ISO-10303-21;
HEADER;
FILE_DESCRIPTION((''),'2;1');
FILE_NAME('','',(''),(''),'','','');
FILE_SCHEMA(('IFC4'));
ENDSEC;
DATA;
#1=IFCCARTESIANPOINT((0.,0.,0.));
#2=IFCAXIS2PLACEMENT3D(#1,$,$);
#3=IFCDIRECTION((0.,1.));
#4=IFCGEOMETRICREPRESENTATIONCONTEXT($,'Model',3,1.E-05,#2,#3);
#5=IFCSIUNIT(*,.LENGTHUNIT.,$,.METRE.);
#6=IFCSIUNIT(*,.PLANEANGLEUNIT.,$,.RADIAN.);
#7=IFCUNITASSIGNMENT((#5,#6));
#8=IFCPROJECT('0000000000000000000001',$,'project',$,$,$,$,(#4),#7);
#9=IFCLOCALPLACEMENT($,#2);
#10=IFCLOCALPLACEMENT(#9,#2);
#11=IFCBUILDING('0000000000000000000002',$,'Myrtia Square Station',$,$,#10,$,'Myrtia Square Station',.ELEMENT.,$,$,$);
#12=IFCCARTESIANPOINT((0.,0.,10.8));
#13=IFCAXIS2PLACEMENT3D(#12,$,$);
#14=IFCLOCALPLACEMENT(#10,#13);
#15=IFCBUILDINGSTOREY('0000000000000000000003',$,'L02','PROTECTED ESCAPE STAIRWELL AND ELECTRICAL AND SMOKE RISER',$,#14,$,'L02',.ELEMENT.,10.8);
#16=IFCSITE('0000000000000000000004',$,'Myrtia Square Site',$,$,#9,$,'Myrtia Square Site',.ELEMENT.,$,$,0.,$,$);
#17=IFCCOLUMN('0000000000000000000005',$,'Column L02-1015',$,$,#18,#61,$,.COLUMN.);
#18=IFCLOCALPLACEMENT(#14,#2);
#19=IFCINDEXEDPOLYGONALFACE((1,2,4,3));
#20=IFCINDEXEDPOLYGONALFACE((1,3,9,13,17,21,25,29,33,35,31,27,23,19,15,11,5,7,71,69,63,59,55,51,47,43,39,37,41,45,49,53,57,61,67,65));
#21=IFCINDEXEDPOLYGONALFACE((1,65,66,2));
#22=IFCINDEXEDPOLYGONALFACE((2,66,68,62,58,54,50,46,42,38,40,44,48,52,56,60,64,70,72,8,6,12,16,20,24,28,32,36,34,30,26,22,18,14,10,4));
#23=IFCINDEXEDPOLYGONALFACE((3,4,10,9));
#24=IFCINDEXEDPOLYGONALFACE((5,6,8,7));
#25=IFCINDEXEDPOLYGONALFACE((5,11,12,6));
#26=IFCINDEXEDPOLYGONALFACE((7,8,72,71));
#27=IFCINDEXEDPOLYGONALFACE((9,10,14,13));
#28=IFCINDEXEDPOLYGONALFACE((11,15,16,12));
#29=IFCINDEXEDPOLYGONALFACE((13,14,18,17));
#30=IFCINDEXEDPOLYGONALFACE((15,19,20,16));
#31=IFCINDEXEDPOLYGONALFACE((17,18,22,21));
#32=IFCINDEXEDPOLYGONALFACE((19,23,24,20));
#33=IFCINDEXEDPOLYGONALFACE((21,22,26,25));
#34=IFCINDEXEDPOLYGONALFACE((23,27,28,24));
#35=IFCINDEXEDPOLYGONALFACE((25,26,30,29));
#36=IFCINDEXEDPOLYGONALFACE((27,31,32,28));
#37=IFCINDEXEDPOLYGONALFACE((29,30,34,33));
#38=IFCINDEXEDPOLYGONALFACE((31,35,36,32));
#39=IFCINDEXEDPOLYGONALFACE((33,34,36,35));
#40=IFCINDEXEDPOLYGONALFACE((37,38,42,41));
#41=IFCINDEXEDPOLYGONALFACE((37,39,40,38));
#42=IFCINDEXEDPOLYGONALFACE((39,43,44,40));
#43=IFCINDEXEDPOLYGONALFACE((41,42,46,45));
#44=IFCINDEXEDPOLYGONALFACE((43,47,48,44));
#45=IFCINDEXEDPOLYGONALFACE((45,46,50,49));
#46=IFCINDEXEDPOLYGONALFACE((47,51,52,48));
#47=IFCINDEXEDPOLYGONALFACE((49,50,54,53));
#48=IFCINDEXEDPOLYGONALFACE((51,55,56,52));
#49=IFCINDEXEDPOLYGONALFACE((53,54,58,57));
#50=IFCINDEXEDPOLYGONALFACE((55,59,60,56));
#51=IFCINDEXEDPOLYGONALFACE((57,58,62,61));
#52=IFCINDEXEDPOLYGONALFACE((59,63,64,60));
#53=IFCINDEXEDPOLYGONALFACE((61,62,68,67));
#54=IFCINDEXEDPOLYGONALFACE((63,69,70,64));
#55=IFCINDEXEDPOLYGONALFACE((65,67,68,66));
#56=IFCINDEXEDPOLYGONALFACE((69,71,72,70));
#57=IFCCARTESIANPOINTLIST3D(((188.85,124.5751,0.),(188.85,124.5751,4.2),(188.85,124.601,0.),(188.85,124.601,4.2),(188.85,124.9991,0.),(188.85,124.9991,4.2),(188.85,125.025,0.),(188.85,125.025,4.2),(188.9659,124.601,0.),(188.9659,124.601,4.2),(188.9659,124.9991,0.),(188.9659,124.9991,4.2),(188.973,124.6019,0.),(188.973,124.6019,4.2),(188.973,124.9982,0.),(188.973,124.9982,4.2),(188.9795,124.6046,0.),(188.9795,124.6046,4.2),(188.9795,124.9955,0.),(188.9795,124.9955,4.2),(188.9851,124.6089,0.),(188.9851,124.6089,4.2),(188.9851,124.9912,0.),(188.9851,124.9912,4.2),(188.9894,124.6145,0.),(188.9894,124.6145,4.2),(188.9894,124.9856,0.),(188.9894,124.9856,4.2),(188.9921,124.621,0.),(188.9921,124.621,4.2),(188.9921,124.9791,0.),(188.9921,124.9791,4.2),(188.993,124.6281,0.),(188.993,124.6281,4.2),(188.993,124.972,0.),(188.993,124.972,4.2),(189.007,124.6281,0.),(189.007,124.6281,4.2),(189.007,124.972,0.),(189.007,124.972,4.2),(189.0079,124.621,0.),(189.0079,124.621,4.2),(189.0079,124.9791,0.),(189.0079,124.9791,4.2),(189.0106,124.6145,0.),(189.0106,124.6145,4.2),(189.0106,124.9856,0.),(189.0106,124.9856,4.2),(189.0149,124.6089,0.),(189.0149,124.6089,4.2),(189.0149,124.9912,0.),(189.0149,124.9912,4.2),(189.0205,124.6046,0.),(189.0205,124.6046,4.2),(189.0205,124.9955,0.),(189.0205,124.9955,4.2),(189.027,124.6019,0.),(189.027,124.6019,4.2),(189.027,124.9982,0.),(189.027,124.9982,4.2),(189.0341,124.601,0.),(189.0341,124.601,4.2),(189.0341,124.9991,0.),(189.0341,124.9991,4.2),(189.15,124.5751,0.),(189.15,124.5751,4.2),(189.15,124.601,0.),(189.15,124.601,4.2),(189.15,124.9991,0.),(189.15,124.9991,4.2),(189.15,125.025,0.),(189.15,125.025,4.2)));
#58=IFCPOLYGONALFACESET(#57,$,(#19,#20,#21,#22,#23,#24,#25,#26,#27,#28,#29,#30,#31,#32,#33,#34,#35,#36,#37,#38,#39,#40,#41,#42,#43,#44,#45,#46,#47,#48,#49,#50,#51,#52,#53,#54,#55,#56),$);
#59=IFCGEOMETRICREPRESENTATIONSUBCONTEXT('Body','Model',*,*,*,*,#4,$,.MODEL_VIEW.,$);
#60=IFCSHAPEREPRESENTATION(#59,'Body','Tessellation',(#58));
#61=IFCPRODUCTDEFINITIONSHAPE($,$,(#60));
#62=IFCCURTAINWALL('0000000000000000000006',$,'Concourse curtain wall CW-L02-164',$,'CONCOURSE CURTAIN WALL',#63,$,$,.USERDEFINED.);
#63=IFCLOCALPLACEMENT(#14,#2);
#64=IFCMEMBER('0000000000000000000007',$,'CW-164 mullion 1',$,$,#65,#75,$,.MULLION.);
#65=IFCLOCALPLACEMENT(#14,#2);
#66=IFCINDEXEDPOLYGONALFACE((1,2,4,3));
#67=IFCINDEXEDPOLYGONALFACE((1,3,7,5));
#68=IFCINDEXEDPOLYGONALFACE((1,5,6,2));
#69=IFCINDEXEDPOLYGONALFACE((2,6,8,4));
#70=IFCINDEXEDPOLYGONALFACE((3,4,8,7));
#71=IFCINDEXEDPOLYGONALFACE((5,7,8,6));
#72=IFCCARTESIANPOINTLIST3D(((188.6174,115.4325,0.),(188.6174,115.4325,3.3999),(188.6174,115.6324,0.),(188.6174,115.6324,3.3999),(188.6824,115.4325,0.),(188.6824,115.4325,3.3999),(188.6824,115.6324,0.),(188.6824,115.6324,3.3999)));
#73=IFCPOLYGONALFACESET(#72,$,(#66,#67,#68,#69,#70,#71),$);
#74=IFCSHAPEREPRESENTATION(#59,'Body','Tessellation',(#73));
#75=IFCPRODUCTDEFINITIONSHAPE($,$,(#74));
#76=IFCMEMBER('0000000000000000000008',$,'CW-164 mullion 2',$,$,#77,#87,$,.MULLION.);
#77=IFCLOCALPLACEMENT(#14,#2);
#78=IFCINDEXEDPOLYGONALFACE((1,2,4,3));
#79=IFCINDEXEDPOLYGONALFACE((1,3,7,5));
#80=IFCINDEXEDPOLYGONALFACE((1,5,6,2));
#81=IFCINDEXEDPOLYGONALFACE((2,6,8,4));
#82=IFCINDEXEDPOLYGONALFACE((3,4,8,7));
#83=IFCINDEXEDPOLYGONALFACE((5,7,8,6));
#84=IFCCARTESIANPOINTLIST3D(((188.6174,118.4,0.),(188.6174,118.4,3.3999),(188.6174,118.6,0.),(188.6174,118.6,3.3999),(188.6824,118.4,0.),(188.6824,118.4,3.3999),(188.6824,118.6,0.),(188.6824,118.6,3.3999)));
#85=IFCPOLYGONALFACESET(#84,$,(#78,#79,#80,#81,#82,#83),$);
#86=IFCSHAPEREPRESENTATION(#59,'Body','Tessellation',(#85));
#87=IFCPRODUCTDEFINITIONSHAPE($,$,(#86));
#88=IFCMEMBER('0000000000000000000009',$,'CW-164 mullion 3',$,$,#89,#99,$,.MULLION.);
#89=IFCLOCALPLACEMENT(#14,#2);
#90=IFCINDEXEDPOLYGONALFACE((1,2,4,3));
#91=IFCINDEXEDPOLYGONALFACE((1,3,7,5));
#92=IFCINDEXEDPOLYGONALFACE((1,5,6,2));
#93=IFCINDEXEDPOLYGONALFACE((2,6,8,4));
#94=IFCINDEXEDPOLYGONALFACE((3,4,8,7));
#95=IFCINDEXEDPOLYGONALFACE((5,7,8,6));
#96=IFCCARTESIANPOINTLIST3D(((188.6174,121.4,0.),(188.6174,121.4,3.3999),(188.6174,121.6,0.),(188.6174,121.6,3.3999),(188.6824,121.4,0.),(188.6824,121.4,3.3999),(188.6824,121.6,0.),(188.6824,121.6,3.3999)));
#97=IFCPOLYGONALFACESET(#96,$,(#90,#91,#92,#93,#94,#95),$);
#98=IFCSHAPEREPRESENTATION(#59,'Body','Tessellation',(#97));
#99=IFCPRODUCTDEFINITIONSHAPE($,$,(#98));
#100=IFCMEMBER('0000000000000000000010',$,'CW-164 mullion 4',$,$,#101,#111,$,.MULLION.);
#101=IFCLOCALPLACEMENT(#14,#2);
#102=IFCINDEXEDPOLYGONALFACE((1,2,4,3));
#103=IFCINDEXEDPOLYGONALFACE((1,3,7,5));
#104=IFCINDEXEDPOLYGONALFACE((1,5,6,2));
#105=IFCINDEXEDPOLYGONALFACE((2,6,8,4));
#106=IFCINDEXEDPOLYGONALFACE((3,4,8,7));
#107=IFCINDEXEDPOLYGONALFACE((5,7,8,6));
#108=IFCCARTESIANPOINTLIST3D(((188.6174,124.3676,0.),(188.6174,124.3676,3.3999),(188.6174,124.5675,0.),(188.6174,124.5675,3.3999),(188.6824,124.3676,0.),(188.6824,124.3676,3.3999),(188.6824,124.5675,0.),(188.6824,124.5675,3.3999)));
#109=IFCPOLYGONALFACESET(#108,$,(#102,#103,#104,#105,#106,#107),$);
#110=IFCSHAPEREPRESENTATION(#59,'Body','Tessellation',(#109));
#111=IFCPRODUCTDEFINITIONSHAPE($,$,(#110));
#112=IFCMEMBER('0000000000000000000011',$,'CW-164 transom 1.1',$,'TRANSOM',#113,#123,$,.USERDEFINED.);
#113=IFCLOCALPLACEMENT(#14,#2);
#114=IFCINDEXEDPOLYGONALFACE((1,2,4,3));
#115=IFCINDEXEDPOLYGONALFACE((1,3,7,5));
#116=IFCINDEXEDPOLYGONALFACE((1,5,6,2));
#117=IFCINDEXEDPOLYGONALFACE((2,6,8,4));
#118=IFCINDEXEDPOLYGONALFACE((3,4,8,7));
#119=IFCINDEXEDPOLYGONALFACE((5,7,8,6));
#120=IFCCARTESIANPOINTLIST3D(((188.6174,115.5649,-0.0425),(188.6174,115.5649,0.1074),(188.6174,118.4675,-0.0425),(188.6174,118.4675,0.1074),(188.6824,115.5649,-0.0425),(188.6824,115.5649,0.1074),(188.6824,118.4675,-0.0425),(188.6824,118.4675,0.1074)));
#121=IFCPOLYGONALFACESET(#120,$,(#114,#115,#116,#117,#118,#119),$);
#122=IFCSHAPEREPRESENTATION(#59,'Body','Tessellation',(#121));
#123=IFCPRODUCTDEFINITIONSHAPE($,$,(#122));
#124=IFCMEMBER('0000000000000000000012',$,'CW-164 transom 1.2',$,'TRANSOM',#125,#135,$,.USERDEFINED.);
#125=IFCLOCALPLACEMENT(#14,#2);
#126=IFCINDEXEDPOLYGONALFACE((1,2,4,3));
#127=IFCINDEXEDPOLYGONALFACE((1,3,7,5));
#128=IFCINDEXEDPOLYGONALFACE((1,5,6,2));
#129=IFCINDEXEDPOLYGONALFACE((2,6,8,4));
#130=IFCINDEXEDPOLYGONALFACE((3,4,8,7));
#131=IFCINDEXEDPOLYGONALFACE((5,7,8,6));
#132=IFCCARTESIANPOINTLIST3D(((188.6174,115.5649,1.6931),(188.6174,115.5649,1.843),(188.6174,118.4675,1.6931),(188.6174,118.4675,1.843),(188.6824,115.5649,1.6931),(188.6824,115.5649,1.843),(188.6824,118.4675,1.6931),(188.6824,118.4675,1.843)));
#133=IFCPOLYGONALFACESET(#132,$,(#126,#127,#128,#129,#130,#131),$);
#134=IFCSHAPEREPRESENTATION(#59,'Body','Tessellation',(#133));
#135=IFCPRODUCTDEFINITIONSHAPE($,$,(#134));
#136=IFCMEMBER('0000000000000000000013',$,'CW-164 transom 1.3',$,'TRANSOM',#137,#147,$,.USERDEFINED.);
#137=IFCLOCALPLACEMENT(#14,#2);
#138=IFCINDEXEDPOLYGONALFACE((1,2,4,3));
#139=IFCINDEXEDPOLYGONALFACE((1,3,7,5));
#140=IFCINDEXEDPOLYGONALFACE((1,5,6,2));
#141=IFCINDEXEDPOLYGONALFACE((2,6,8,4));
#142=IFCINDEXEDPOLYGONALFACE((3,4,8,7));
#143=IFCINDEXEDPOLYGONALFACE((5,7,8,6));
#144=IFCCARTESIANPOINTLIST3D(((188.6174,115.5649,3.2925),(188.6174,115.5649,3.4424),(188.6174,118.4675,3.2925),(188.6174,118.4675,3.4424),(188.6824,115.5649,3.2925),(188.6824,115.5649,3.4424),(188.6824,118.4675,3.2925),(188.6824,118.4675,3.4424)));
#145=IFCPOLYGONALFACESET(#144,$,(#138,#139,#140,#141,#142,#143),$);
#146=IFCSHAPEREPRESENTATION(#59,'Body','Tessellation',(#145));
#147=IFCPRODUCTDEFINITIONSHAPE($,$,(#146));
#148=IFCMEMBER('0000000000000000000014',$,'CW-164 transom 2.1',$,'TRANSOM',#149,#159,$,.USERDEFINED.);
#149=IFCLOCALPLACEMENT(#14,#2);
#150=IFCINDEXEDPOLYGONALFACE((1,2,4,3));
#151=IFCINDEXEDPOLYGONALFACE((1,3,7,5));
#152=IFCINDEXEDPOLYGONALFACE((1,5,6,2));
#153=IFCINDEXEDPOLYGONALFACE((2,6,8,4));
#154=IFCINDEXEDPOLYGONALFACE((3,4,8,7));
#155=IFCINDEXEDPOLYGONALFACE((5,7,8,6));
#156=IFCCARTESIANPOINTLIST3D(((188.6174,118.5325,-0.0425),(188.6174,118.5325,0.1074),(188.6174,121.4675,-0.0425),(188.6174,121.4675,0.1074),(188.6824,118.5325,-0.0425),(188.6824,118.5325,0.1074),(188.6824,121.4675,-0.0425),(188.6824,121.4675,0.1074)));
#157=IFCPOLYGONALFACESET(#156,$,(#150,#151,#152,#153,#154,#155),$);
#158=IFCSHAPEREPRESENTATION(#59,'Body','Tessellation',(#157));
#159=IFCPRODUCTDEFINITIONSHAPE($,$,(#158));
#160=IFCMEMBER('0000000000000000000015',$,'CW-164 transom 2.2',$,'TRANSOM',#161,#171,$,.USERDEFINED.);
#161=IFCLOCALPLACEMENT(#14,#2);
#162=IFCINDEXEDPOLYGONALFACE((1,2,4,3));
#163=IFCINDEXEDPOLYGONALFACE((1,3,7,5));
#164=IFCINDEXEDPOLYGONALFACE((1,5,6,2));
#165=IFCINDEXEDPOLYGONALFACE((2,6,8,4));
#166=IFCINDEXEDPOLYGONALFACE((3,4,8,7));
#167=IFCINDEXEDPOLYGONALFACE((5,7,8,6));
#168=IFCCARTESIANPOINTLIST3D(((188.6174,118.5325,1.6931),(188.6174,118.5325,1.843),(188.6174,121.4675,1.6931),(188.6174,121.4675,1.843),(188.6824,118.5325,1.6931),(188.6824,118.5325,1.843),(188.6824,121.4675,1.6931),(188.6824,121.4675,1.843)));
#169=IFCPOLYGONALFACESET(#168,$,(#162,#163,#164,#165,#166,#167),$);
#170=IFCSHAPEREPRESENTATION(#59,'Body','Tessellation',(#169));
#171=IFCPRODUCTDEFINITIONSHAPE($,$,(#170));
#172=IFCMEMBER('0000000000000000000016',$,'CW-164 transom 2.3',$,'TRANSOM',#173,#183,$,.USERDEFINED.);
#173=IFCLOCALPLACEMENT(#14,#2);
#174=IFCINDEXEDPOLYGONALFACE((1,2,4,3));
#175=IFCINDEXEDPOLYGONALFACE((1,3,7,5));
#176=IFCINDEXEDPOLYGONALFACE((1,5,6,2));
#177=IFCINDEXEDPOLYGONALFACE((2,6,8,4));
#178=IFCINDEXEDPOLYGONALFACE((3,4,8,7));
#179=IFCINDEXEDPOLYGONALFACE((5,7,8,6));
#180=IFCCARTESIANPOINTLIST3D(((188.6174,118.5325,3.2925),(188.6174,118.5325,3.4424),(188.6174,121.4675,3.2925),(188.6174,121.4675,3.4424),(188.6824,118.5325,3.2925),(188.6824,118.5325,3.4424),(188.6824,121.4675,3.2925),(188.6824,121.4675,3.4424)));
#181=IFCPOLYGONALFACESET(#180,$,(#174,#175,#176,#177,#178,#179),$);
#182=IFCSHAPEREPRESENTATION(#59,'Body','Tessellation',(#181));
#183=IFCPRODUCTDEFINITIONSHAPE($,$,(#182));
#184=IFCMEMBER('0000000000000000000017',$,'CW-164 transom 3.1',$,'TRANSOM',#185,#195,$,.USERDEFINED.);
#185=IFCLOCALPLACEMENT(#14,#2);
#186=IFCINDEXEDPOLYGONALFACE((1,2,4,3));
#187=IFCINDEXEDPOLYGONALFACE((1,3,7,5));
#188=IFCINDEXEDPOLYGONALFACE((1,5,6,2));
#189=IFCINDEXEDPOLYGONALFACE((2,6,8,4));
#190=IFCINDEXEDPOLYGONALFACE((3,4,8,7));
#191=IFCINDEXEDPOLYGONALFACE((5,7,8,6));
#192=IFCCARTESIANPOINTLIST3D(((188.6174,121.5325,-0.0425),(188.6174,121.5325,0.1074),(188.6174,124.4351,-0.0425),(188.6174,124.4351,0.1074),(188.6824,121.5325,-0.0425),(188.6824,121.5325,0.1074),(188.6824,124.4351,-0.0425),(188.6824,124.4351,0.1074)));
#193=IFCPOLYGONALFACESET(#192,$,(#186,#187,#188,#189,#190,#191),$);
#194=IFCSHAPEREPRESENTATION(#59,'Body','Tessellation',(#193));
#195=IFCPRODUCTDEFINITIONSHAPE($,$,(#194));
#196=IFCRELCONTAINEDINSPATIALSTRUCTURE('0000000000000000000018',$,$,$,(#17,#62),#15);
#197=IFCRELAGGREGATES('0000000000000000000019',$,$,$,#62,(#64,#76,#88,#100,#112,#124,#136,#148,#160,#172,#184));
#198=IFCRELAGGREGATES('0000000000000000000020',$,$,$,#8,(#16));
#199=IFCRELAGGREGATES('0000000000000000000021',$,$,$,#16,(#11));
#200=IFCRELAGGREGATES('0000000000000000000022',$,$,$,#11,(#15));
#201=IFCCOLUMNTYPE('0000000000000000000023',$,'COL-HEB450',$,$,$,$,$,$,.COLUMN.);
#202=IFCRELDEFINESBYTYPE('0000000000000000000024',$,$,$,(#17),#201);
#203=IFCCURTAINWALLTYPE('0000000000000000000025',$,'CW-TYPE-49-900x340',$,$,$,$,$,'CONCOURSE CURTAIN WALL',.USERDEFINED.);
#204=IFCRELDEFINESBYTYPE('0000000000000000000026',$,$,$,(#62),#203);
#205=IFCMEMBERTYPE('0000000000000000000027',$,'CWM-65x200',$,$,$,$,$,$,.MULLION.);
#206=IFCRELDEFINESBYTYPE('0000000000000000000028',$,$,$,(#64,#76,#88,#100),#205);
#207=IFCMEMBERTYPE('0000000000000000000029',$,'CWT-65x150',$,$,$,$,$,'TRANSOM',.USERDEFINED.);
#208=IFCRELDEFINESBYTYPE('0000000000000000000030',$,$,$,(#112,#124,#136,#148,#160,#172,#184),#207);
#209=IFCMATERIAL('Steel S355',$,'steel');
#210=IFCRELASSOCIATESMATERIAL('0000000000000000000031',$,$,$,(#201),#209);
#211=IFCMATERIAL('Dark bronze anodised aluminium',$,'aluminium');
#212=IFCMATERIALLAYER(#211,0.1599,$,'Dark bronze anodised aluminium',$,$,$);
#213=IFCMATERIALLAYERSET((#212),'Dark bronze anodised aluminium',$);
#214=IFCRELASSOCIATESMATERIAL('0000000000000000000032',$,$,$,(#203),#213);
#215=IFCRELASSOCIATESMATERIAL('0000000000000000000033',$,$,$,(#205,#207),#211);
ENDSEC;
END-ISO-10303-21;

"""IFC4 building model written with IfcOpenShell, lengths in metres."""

from ifc_helpers import new_model, si_unit, direction, frame, origin, origin_2d, place, context, subcontext, project, spatial, rectangle, i_section, extrude, material, layer, layer_set, material_profile, profile_set, type_object, element, aggregate, save


model = new_model("IFC4")

# Units and contexts
model_context = context("Model", 3, precision=1e-05, world=origin(), true_north=direction((0.0, 1.0)))
body_context = subcontext(model_context, "Body", "Model", "MODEL_VIEW")
ifc_project = project(units=[si_unit("LENGTHUNIT", "METRE"), si_unit("PLANEANGLEUNIT", "RADIAN")], contexts=[model_context])

# Site, building, storey
site_placement = place(None, origin())
site = spatial("IfcSite", under=ifc_project, at=site_placement, Name="Myrtia Square Site", LongName="Myrtia Square Site", CompositionType="ELEMENT", RefElevation=0.0)
building_placement = place(site_placement, origin())
building = spatial("IfcBuilding", under=site, at=building_placement, Name="Myrtia Square Station", LongName="Myrtia Square Station", CompositionType="ELEMENT")
storey_placement = place(building_placement, frame((0.0, 0.0, 10.8)))
storey = spatial("IfcBuildingStorey", under=building, at=storey_placement, Name="L02", Description="PROTECTED ESCAPE STAIRWELL AND ELECTRICAL AND SMOKE RISER", LongName="L02", CompositionType="ELEMENT", Elevation=10.8)

# Column
ifc_material_1 = material(Name="Steel S355", Category="steel")
ifc_material_profile_1 = material_profile(ifc_material_1, i_section(OverallWidth=0.3, OverallDepth=0.45, WebThickness=0.0139, FlangeThickness=0.0259, FilletRadius=0.0271, at=origin_2d()), Name="HEB 450")
ifc_profile_set_1 = profile_set([ifc_material_profile_1], Name="Steel S355")
column_type = type_object("IfcColumnType", Name="COL-HEB450", PredefinedType="COLUMN", material=ifc_profile_set_1)
column_placement = place(storey_placement, frame((189.0, 124.8, 0.0), z_axis=(0.0, 0.0, 1.0), x_axis=(1.0, 0.0, 0.0)))
element("IfcColumn", 1, at=column_placement, inside=storey, type_object=column_type, Name="Column L02-1015", PredefinedType="COLUMN", context=body_context, shape_type="SweptSolid", body=[
    extrude(i_section(OverallWidth=0.3, OverallDepth=0.45, WebThickness=0.0139, FlangeThickness=0.0259, FilletRadius=0.0271, at=origin_2d()), origin(), (0.0, 0.0, 1.0), 4.2),
])

# Curtain wall, members
ifc_material_2 = material(Name="Dark bronze anodised aluminium", Category="aluminium")
ifc_layer_1 = layer(ifc_material_2, 0.1599, Name="Dark bronze anodised aluminium")
ifc_layer_set_1 = layer_set([ifc_layer_1], Name="Dark bronze anodised aluminium")
curtain_wall_type = type_object("IfcCurtainWallType", Name="CW-TYPE-49-900x340", ElementType="CONCOURSE CURTAIN WALL", PredefinedType="USERDEFINED", material=ifc_layer_set_1)
curtain_wall_placement = place(storey_placement, origin())
curtain_wall = element("IfcCurtainWall", 2, at=curtain_wall_placement, inside=storey, type_object=curtain_wall_type, Name="Concourse curtain wall CW-L02-164", ObjectType="CONCOURSE CURTAIN WALL", PredefinedType="USERDEFINED")
ifc_material_profile_2 = material_profile(ifc_material_2, rectangle(XDim=0.0649, YDim=0.2, at=origin_2d()), Name="ALU-M 65x200")
ifc_profile_set_2 = profile_set([ifc_material_profile_2], Name="Dark bronze anodised aluminium")
member_type_1 = type_object("IfcMemberType", Name="CWM-65x200", PredefinedType="MULLION", material=ifc_profile_set_2)
member_1_placement = place(storey_placement, frame((188.6499, 115.5325, 0.0), z_axis=(0.0, 0.0, 1.0), x_axis=(-1.0, 0.0, 0.0)))
member_1 = element("IfcMember", 3, at=member_1_placement, type_object=member_type_1, Name="CW-164 mullion 1", PredefinedType="MULLION", context=body_context, shape_type="SweptSolid", body=[
    extrude(rectangle(XDim=0.0649, YDim=0.2, at=origin_2d()), origin(), (0.0, 0.0, 1.0), 3.3999),
])
member_2_placement = place(storey_placement, frame((188.6499, 118.5, 0.0), z_axis=(0.0, 0.0, 1.0), x_axis=(-1.0, 0.0, 0.0)))
member_2 = element("IfcMember", 4, at=member_2_placement, type_object=member_type_1, Name="CW-164 mullion 2", PredefinedType="MULLION", context=body_context, shape_type="SweptSolid", body=[
    extrude(rectangle(XDim=0.0649, YDim=0.2, at=origin_2d()), origin(), (0.0, 0.0, 1.0), 3.3999),
])
member_3_placement = place(storey_placement, frame((188.6499, 121.5, 0.0), z_axis=(0.0, 0.0, 1.0), x_axis=(-1.0, 0.0, 0.0)))
member_3 = element("IfcMember", 5, at=member_3_placement, type_object=member_type_1, Name="CW-164 mullion 3", PredefinedType="MULLION", context=body_context, shape_type="SweptSolid", body=[
    extrude(rectangle(XDim=0.0649, YDim=0.2, at=origin_2d()), origin(), (0.0, 0.0, 1.0), 3.3999),
])
member_4_placement = place(storey_placement, frame((188.6499, 124.4675, 0.0), z_axis=(0.0, 0.0, 1.0), x_axis=(-1.0, 0.0, 0.0)))
member_4 = element("IfcMember", 6, at=member_4_placement, type_object=member_type_1, Name="CW-164 mullion 4", PredefinedType="MULLION", context=body_context, shape_type="SweptSolid", body=[
    extrude(rectangle(XDim=0.0649, YDim=0.2, at=origin_2d()), origin(), (0.0, 0.0, 1.0), 3.3999),
])
ifc_material_profile_3 = material_profile(ifc_material_2, rectangle(XDim=0.0649, YDim=0.1499, at=origin_2d()), Name="ALU-T 65x150")
ifc_profile_set_3 = profile_set([ifc_material_profile_3], Name="Dark bronze anodised aluminium")
member_type_2 = type_object("IfcMemberType", Name="CWT-65x150", ElementType="TRANSOM", PredefinedType="USERDEFINED", material=ifc_profile_set_3)
member_5_placement = place(storey_placement, frame((188.6499, 115.5649, 0.0325), z_axis=(0.0, 1.0, 0.0), x_axis=(-1.0, 0.0, 0.0)))
member_5 = element("IfcMember", 7, at=member_5_placement, type_object=member_type_2, Name="CW-164 transom 1.1", ObjectType="TRANSOM", PredefinedType="USERDEFINED", context=body_context, shape_type="SweptSolid", body=[
    extrude(rectangle(XDim=0.0649, YDim=0.1499, at=origin_2d()), origin(), (0.0, 0.0, 1.0), 2.9026),
])
member_6_placement = place(storey_placement, frame((188.6499, 115.5649, 1.7681), z_axis=(0.0, 1.0, 0.0), x_axis=(-1.0, 0.0, 0.0)))
member_6 = element("IfcMember", 8, at=member_6_placement, type_object=member_type_2, Name="CW-164 transom 1.2", ObjectType="TRANSOM", PredefinedType="USERDEFINED", context=body_context, shape_type="SweptSolid", body=[
    extrude(rectangle(XDim=0.0649, YDim=0.1499, at=origin_2d()), origin(), (0.0, 0.0, 1.0), 2.9026),
])
member_7_placement = place(storey_placement, frame((188.6499, 115.5649, 3.3674), z_axis=(0.0, 1.0, 0.0), x_axis=(-1.0, 0.0, 0.0)))
member_7 = element("IfcMember", 9, at=member_7_placement, type_object=member_type_2, Name="CW-164 transom 1.3", ObjectType="TRANSOM", PredefinedType="USERDEFINED", context=body_context, shape_type="SweptSolid", body=[
    extrude(rectangle(XDim=0.0649, YDim=0.1499, at=origin_2d()), origin(), (0.0, 0.0, 1.0), 2.9026),
])
member_8_placement = place(storey_placement, frame((188.6499, 118.5325, 0.0325), z_axis=(0.0, 1.0, 0.0), x_axis=(-1.0, 0.0, 0.0)))
member_8 = element("IfcMember", 10, at=member_8_placement, type_object=member_type_2, Name="CW-164 transom 2.1", ObjectType="TRANSOM", PredefinedType="USERDEFINED", context=body_context, shape_type="SweptSolid", body=[
    extrude(rectangle(XDim=0.0649, YDim=0.1499, at=origin_2d()), origin(), (0.0, 0.0, 1.0), 2.9351),
])
member_9_placement = place(storey_placement, frame((188.6499, 118.5325, 1.7681), z_axis=(0.0, 1.0, 0.0), x_axis=(-1.0, 0.0, 0.0)))
member_9 = element("IfcMember", 11, at=member_9_placement, type_object=member_type_2, Name="CW-164 transom 2.2", ObjectType="TRANSOM", PredefinedType="USERDEFINED", context=body_context, shape_type="SweptSolid", body=[
    extrude(rectangle(XDim=0.0649, YDim=0.1499, at=origin_2d()), origin(), (0.0, 0.0, 1.0), 2.9351),
])
member_10_placement = place(storey_placement, frame((188.6499, 118.5325, 3.3674), z_axis=(0.0, 1.0, 0.0), x_axis=(-1.0, 0.0, 0.0)))
member_10 = element("IfcMember", 12, at=member_10_placement, type_object=member_type_2, Name="CW-164 transom 2.3", ObjectType="TRANSOM", PredefinedType="USERDEFINED", context=body_context, shape_type="SweptSolid", body=[
    extrude(rectangle(XDim=0.0649, YDim=0.1499, at=origin_2d()), origin(), (0.0, 0.0, 1.0), 2.9351),
])
member_11_placement = place(storey_placement, frame((188.6499, 121.5325, 0.0325), z_axis=(0.0, 1.0, 0.0), x_axis=(-1.0, 0.0, 0.0)))
member_11 = element("IfcMember", 13, at=member_11_placement, type_object=member_type_2, Name="CW-164 transom 3.1", ObjectType="TRANSOM", PredefinedType="USERDEFINED", context=body_context, shape_type="SweptSolid", body=[
    extrude(rectangle(XDim=0.0649, YDim=0.1499, at=origin_2d()), origin(), (0.0, 0.0, 1.0), 2.9026),
])
aggregate(curtain_wall, [member_1, member_2, member_3, member_4, member_5, member_6, member_7, member_8, member_9, member_10, member_11])

save(model, "model.ifc")
